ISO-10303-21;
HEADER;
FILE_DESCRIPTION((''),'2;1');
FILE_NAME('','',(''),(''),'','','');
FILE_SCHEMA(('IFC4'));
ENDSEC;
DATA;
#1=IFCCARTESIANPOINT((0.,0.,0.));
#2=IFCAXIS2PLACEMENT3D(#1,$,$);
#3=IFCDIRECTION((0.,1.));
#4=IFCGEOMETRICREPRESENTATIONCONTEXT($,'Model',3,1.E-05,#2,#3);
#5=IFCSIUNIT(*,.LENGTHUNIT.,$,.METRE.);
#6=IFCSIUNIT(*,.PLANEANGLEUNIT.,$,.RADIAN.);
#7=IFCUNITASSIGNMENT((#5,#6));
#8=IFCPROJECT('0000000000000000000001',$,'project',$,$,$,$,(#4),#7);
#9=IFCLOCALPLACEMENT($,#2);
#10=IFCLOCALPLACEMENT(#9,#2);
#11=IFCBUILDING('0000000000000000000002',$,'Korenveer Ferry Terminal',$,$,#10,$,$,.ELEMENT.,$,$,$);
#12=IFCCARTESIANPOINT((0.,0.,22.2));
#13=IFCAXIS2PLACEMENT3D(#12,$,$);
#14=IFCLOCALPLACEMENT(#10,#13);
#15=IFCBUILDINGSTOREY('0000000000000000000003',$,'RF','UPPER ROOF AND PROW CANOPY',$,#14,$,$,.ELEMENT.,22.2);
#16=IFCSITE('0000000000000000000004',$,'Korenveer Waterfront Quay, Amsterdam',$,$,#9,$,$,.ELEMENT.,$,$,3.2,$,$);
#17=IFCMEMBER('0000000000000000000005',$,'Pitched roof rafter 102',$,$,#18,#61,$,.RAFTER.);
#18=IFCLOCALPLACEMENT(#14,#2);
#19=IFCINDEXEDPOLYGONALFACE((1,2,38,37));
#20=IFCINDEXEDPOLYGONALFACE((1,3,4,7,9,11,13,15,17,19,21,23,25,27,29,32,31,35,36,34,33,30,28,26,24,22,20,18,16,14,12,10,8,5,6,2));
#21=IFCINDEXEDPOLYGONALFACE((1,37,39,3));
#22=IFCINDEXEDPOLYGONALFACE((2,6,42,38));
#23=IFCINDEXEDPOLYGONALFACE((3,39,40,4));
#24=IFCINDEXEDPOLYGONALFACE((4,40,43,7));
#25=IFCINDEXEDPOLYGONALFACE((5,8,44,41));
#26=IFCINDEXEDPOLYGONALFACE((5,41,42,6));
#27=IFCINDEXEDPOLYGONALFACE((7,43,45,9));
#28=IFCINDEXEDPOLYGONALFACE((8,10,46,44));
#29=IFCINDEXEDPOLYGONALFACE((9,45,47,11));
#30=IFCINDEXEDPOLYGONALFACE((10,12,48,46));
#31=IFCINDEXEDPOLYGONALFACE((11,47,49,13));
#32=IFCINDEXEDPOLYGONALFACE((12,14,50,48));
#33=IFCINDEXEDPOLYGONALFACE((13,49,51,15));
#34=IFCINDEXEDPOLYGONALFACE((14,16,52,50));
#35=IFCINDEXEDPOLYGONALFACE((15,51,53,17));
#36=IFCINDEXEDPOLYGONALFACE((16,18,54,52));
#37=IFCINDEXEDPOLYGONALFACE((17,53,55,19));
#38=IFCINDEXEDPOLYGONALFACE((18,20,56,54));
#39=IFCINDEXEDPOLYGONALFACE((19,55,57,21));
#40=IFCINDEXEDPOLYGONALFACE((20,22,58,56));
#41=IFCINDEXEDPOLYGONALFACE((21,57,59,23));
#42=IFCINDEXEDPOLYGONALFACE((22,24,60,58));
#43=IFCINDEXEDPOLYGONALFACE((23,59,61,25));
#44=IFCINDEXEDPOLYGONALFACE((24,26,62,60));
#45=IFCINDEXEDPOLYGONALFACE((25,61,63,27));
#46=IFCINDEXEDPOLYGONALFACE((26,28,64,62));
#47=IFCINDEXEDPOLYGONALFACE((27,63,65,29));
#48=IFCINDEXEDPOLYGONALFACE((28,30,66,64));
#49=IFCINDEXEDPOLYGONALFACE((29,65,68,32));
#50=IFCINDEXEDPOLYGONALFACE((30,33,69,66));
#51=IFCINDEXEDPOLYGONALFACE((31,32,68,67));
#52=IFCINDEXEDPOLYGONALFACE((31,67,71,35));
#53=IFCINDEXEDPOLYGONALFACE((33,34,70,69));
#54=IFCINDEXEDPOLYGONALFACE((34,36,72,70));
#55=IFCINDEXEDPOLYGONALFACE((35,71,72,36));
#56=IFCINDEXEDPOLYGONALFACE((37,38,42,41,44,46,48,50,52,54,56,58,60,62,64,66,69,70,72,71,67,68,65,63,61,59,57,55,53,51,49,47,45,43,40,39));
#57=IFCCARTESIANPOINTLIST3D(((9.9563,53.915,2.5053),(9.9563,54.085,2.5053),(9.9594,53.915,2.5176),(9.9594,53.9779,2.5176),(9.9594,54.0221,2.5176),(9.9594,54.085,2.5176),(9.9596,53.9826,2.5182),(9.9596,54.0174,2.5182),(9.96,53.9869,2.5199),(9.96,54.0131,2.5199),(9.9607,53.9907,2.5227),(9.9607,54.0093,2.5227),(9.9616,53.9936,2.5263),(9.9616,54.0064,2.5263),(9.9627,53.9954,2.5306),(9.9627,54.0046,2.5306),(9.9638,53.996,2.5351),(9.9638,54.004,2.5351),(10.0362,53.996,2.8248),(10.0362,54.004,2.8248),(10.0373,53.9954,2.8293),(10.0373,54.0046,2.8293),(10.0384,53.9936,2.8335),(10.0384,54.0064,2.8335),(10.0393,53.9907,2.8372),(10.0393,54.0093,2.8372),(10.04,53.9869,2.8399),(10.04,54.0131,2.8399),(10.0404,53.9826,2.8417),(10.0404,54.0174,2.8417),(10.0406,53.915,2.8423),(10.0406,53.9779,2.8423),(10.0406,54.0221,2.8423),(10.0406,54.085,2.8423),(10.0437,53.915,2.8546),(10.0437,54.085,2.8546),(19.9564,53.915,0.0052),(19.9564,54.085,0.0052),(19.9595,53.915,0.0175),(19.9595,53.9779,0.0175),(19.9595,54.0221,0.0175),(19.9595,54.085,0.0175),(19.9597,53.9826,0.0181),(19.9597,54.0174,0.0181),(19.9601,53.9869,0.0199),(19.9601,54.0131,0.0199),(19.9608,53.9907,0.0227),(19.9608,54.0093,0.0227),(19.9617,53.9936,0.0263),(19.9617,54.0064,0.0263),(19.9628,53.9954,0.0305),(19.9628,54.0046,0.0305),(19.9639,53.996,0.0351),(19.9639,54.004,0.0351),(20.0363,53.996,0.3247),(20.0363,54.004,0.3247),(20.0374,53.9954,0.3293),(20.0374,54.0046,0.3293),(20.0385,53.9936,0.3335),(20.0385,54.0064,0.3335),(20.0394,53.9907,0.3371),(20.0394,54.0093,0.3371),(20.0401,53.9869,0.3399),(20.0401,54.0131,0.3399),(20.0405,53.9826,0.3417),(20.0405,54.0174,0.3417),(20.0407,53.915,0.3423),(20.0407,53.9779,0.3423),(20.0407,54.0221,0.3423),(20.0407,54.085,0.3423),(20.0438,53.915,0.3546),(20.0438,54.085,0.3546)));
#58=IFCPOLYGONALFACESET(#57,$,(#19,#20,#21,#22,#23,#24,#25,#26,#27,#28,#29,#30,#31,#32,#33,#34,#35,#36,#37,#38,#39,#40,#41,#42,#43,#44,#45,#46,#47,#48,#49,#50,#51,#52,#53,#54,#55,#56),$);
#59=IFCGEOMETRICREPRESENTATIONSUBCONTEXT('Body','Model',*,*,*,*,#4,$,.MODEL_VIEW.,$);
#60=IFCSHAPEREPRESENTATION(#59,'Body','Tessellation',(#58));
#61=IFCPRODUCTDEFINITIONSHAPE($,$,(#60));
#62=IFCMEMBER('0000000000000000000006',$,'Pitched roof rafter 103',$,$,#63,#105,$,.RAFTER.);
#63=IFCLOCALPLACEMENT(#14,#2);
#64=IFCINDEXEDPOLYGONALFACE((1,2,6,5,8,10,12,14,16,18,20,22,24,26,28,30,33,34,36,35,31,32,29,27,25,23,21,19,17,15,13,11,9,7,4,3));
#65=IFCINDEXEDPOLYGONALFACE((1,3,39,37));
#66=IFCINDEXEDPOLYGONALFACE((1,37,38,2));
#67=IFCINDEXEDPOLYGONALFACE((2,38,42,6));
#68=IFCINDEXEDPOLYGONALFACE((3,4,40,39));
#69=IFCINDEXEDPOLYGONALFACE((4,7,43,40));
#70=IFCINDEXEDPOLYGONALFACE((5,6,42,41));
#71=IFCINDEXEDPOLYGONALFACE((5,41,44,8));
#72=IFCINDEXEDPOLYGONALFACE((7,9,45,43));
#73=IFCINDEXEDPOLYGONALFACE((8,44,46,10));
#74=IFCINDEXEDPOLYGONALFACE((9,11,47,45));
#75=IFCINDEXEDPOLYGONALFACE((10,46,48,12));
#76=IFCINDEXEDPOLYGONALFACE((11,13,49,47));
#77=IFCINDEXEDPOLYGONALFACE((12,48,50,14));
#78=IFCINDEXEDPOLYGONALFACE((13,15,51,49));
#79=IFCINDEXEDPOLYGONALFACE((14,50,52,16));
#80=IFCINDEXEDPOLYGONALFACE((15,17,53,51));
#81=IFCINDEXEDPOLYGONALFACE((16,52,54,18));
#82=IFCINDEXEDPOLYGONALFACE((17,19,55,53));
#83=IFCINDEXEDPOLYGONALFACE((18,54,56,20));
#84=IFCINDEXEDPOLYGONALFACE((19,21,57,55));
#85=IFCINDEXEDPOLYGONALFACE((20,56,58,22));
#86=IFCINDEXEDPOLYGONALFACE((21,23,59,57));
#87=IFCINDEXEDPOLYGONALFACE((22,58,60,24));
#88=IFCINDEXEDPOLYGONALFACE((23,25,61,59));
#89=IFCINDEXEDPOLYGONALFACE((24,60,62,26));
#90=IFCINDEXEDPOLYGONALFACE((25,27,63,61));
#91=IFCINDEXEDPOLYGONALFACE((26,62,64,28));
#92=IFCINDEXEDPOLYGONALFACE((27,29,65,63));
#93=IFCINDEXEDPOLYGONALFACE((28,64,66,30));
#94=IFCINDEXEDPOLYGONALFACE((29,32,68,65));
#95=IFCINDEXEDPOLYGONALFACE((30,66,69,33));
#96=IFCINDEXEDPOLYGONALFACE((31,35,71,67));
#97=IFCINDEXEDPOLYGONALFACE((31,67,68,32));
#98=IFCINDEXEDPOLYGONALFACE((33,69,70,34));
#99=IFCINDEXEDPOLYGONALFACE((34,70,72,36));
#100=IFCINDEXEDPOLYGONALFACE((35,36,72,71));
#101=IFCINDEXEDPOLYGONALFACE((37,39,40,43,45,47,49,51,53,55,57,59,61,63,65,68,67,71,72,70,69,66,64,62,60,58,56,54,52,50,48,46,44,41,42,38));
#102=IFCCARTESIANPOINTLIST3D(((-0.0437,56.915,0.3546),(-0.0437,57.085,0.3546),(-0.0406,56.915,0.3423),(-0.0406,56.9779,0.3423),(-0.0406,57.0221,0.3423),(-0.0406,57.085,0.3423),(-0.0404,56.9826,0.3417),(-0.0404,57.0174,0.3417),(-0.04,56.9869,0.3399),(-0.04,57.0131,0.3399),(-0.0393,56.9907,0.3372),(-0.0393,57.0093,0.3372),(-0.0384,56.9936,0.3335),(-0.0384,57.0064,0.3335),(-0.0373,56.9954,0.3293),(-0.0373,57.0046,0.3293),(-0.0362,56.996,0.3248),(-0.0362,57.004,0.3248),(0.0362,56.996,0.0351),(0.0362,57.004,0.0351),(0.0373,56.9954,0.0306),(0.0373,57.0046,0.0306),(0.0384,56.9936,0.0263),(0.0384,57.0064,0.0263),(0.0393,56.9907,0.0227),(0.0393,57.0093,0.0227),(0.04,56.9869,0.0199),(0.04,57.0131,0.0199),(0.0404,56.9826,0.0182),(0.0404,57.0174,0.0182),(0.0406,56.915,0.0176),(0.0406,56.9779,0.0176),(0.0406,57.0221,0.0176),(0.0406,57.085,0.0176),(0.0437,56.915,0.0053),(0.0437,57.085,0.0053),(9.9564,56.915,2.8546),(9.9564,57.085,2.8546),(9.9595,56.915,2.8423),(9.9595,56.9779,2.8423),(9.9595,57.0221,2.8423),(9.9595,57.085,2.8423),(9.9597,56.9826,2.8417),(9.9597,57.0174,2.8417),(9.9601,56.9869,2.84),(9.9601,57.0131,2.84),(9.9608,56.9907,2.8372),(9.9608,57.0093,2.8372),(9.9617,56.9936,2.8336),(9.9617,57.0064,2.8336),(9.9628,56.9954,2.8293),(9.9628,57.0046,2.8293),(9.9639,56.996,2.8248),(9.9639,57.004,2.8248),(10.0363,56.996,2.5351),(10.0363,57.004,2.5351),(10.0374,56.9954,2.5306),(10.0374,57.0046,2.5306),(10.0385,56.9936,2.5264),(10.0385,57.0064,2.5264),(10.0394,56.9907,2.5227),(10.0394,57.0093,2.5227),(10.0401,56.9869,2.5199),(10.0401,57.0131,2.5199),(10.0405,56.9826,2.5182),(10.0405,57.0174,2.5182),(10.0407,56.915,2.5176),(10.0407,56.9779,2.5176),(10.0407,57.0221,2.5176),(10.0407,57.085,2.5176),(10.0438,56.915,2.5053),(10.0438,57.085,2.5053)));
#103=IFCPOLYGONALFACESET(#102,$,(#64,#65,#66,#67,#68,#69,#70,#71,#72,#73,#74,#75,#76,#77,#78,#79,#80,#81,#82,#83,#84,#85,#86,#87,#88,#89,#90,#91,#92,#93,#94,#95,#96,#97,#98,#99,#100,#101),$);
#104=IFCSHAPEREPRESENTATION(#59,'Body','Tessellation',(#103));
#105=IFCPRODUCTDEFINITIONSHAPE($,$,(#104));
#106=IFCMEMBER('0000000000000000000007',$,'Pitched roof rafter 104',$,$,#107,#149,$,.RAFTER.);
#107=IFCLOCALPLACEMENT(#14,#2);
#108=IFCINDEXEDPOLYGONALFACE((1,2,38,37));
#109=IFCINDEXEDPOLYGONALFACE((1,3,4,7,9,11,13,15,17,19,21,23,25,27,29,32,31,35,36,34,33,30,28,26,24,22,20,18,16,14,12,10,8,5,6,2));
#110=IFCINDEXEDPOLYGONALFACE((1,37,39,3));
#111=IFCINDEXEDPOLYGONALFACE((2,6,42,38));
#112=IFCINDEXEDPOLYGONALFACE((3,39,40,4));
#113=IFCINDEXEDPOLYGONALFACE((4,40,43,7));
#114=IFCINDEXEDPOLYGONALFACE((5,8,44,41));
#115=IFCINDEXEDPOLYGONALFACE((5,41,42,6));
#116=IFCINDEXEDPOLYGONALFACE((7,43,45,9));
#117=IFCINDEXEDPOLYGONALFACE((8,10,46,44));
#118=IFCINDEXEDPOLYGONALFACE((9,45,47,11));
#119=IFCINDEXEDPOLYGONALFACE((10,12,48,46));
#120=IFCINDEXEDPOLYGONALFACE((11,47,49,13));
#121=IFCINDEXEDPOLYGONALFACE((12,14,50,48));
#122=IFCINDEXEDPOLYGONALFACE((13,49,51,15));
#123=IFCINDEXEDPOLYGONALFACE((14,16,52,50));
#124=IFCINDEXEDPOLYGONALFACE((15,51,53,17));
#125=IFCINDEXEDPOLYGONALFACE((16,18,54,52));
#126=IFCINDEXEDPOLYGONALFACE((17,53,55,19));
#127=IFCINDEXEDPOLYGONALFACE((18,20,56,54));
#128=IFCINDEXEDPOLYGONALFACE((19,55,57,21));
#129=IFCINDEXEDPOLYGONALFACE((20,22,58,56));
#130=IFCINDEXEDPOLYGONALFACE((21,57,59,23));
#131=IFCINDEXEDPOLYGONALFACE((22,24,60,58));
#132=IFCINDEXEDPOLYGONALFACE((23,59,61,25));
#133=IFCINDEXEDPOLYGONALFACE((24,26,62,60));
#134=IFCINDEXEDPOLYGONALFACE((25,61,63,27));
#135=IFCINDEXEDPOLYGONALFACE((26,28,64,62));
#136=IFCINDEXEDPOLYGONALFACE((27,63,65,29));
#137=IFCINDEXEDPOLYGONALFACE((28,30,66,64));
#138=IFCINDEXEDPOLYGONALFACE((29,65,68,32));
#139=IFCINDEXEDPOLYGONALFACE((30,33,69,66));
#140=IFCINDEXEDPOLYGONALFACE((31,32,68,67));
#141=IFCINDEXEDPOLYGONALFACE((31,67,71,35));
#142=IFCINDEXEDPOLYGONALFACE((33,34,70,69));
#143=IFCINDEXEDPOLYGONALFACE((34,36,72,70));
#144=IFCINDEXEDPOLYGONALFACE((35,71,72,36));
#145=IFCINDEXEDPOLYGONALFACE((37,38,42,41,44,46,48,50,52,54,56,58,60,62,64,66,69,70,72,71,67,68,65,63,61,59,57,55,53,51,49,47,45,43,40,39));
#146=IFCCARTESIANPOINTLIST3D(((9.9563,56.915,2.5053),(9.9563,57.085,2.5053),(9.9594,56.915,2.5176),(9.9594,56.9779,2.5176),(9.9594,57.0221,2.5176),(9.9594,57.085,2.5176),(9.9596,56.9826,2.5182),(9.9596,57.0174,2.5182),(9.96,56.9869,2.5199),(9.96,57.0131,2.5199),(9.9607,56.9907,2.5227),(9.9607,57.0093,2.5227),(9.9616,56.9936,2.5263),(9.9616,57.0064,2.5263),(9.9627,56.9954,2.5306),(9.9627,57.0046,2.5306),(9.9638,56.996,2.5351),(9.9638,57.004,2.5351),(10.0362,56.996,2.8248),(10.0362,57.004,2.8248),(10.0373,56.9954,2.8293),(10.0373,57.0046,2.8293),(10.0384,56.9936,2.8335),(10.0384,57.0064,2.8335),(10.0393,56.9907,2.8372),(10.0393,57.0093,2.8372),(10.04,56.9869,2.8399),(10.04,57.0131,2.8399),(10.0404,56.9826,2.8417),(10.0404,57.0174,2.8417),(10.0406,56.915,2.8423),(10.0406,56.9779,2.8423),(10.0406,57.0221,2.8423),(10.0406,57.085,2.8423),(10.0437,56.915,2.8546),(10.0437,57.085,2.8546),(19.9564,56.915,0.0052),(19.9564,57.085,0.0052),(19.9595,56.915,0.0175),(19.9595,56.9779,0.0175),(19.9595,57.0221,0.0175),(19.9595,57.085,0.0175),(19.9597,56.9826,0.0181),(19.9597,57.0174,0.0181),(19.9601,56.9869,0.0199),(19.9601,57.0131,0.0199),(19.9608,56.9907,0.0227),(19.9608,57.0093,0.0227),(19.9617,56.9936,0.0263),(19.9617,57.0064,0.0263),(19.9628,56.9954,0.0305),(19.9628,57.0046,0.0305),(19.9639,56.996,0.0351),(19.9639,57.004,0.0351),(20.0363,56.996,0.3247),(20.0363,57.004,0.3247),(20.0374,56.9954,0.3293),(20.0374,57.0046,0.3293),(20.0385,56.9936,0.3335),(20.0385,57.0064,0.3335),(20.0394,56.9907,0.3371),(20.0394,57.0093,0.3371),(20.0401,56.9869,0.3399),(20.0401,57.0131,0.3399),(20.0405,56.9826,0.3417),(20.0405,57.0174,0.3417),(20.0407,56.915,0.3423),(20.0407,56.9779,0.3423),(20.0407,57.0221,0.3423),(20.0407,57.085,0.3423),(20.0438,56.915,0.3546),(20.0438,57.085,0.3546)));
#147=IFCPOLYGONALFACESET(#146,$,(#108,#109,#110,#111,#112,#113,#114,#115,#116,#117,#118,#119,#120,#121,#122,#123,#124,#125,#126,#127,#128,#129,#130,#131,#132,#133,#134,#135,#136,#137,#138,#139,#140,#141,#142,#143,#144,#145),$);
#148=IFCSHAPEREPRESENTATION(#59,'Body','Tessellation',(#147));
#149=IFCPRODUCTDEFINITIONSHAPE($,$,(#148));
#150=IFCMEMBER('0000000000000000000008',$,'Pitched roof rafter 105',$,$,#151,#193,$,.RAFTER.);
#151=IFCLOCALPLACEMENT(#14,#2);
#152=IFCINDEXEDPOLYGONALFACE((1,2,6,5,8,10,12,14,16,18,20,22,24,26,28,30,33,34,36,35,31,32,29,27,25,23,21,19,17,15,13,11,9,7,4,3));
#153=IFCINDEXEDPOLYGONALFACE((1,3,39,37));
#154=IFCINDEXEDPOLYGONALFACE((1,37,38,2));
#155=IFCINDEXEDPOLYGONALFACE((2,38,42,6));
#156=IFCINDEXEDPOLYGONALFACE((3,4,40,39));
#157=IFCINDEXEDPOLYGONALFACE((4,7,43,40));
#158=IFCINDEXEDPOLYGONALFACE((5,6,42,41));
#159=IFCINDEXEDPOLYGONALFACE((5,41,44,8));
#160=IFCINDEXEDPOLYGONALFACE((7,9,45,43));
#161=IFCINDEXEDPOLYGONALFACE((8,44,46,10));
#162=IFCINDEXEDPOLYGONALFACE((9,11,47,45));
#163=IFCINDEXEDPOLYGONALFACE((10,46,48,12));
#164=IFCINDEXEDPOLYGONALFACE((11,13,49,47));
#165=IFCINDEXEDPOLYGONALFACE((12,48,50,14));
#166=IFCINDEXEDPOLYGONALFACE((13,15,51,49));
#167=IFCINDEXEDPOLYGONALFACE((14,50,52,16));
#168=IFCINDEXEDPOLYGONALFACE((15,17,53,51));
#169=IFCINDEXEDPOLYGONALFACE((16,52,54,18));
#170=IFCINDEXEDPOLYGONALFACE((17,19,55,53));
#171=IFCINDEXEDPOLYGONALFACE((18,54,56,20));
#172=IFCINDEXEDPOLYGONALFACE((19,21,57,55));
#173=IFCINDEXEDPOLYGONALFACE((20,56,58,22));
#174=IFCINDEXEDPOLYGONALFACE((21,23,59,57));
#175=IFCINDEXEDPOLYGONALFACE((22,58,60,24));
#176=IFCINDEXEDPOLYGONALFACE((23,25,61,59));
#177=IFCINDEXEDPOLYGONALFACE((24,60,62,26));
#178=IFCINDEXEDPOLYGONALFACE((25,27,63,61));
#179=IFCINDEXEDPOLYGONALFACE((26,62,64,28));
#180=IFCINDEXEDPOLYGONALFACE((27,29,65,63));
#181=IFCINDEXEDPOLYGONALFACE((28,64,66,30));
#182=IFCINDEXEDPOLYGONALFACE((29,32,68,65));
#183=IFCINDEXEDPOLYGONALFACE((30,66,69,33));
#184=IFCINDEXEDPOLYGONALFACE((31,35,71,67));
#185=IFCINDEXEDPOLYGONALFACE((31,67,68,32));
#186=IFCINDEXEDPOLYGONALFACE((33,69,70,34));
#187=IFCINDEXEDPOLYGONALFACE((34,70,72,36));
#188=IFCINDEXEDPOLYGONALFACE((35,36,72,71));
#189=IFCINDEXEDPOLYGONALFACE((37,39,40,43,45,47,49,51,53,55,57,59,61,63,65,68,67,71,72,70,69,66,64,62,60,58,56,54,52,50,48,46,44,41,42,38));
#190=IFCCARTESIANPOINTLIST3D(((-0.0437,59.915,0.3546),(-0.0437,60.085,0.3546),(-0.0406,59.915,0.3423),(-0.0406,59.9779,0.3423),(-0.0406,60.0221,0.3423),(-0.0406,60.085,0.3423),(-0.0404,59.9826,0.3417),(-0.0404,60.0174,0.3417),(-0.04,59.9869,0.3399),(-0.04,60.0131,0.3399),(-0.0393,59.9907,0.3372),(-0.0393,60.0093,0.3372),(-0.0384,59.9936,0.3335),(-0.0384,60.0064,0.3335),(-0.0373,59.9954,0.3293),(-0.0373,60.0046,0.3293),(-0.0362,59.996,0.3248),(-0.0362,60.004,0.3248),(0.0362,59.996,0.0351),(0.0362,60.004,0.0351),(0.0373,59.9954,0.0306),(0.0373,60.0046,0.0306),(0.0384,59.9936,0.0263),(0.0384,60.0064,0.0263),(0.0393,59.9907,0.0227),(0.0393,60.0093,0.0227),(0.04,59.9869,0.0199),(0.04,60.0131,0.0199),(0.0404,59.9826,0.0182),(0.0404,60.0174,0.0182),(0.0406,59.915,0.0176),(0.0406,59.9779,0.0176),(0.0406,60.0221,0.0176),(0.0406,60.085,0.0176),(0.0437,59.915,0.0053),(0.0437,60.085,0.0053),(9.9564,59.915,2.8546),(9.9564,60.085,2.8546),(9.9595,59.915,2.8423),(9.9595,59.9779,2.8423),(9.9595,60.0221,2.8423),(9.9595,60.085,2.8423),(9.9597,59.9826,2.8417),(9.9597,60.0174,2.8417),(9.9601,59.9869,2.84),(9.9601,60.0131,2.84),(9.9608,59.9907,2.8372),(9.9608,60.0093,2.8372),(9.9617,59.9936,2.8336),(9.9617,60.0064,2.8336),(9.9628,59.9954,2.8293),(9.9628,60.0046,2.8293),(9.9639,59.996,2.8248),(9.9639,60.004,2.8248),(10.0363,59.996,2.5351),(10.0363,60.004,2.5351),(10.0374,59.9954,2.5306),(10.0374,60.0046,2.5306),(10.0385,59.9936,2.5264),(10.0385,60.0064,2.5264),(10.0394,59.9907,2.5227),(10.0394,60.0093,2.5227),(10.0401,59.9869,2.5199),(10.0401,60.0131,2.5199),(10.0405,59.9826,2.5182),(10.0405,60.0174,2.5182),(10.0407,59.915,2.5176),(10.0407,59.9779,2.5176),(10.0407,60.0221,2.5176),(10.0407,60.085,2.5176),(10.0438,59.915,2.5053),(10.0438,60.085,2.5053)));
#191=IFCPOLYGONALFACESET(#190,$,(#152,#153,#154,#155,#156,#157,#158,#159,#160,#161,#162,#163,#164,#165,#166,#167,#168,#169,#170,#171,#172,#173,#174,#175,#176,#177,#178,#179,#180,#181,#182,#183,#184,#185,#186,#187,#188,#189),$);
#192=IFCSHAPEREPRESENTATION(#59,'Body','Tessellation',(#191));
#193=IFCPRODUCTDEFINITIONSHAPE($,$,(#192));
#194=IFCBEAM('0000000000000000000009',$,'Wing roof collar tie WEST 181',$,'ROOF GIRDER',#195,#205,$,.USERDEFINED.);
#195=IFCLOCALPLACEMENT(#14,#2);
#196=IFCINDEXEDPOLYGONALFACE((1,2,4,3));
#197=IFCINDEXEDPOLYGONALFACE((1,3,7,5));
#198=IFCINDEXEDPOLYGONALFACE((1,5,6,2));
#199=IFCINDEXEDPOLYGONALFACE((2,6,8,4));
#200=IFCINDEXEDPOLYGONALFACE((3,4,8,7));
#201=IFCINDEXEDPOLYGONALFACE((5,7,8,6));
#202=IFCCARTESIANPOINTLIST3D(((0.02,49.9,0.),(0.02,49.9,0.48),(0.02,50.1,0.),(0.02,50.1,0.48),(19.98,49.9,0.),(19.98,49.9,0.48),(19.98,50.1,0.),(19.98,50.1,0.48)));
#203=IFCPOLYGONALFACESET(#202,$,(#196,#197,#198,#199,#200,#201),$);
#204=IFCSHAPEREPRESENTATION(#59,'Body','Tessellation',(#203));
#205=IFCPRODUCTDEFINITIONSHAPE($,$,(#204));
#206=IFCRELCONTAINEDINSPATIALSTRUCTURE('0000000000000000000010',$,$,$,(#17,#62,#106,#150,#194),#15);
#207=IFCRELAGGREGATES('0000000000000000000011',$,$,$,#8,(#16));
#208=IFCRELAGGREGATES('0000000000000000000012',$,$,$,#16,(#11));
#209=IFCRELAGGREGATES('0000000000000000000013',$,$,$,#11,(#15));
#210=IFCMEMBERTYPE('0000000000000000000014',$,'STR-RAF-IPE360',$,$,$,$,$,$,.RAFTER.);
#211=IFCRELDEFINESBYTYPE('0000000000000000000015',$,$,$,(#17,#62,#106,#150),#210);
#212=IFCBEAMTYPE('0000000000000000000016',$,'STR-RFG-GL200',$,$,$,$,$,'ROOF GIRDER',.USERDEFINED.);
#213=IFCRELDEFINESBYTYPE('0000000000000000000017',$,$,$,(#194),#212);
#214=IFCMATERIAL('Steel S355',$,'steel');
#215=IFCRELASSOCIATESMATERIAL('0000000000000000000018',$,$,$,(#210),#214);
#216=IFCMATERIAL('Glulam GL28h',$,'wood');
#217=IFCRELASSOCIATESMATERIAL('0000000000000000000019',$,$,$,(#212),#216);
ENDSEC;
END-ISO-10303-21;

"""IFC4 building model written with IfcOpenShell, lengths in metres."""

from ifc_helpers import new_model, si_unit, direction, frame, origin, origin_2d, place, context, subcontext, project, spatial, rectangle, i_section, extrude, material, material_profile, profile_set, type_object, element, save


model = new_model("IFC4")

# Units and contexts
model_context = context("Model", 3, precision=1e-05, world=origin(), true_north=direction((0.0, 1.0)))
body_context = subcontext(model_context, "Body", "Model", "MODEL_VIEW")
ifc_project = project(units=[si_unit("LENGTHUNIT", "METRE"), si_unit("PLANEANGLEUNIT", "RADIAN")], contexts=[model_context])

# Site, building, storey
site_placement = place(None, origin())
site = spatial("IfcSite", under=ifc_project, at=site_placement, Name="Korenveer Waterfront Quay, Amsterdam", CompositionType="ELEMENT", RefElevation=3.2)
building_placement = place(site_placement, origin())
building = spatial("IfcBuilding", under=site, at=building_placement, Name="Korenveer Ferry Terminal", CompositionType="ELEMENT")
storey_placement = place(building_placement, frame((0.0, 0.0, 22.2)))
storey = spatial("IfcBuildingStorey", under=building, at=storey_placement, Name="RF", Description="UPPER ROOF AND PROW CANOPY", CompositionType="ELEMENT", Elevation=22.2)

# Shared definitions
ifc_material_1 = material(Name="Steel S355", Category="steel")

# Members
ifc_material_profile_1 = material_profile(ifc_material_1, i_section(OverallWidth=0.1699, OverallDepth=0.3601, WebThickness=0.0081, FlangeThickness=0.0127, FilletRadius=0.0181, at=origin_2d()), Name="IPE 360")
ifc_profile_set_1 = profile_set([ifc_material_profile_1], Name="Steel S355")
member_type_1 = type_object("IfcMemberType", Name="STR-RAF-IPE360", PredefinedType="RAFTER", material=ifc_profile_set_1)
for number, where, z_axis, x_axis, name in (
    (1, (10.0, 54.0, 2.6799), (0.970143, 0.0, -0.242536), (0.0, 1.0, 0.0), "Pitched roof rafter 102"),
    (2, (0.0, 57.0, 0.1799), (0.970143, 0.0, 0.242536), (0.0, 1.0, 0.0), "Pitched roof rafter 103"),
    (3, (10.0, 57.0, 2.6799), (0.970143, 0.0, -0.242536), (0.0, 1.0, 0.0), "Pitched roof rafter 104"),
    (4, (0.0, 60.0, 0.1799), (0.970143, 0.0, 0.242536), (0.0, 1.0, 0.0), "Pitched roof rafter 105"),
):
    element("IfcMember", number, at=place(storey_placement, frame(where, z_axis=z_axis, x_axis=x_axis)), inside=storey, type_object=member_type_1, Name=name, PredefinedType="RAFTER", context=body_context, shape_type="SweptSolid", body=[
        extrude(i_section(OverallWidth=0.1699, OverallDepth=0.3601, WebThickness=0.0081, FlangeThickness=0.0127, FilletRadius=0.0181, at=origin_2d()), origin(), (0.0, 0.0, 1.0), 10.3079),
    ])

# Beam
ifc_material_2 = material(Name="Glulam GL28h", Category="wood")
ifc_material_profile_2 = material_profile(ifc_material_2, rectangle(XDim=0.2, YDim=0.48, at=origin_2d()), Name="GL 200x480")
ifc_profile_set_2 = profile_set([ifc_material_profile_2], Name="Glulam GL28h")
beam_type_1 = type_object("IfcBeamType", Name="STR-RFG-GL200", ElementType="ROOF GIRDER", PredefinedType="USERDEFINED", material=ifc_profile_set_2)
for number, where, z_axis, x_axis, name in (
    (5, (0.02, 50.0, 0.24), (1.0, 0.0, 0.0), (0.0, 1.0, 0.0), "Wing roof collar tie WEST 181"),
):
    element("IfcBeam", number, at=place(storey_placement, frame(where, z_axis=z_axis, x_axis=x_axis)), inside=storey, type_object=beam_type_1, Name=name, ObjectType="ROOF GIRDER", PredefinedType="USERDEFINED", context=body_context, shape_type="SweptSolid", body=[
        extrude(rectangle(XDim=0.2, YDim=0.48, at=origin_2d()), origin(), (0.0, 0.0, 1.0), 19.96),
    ])

save(model, "model.ifc")
